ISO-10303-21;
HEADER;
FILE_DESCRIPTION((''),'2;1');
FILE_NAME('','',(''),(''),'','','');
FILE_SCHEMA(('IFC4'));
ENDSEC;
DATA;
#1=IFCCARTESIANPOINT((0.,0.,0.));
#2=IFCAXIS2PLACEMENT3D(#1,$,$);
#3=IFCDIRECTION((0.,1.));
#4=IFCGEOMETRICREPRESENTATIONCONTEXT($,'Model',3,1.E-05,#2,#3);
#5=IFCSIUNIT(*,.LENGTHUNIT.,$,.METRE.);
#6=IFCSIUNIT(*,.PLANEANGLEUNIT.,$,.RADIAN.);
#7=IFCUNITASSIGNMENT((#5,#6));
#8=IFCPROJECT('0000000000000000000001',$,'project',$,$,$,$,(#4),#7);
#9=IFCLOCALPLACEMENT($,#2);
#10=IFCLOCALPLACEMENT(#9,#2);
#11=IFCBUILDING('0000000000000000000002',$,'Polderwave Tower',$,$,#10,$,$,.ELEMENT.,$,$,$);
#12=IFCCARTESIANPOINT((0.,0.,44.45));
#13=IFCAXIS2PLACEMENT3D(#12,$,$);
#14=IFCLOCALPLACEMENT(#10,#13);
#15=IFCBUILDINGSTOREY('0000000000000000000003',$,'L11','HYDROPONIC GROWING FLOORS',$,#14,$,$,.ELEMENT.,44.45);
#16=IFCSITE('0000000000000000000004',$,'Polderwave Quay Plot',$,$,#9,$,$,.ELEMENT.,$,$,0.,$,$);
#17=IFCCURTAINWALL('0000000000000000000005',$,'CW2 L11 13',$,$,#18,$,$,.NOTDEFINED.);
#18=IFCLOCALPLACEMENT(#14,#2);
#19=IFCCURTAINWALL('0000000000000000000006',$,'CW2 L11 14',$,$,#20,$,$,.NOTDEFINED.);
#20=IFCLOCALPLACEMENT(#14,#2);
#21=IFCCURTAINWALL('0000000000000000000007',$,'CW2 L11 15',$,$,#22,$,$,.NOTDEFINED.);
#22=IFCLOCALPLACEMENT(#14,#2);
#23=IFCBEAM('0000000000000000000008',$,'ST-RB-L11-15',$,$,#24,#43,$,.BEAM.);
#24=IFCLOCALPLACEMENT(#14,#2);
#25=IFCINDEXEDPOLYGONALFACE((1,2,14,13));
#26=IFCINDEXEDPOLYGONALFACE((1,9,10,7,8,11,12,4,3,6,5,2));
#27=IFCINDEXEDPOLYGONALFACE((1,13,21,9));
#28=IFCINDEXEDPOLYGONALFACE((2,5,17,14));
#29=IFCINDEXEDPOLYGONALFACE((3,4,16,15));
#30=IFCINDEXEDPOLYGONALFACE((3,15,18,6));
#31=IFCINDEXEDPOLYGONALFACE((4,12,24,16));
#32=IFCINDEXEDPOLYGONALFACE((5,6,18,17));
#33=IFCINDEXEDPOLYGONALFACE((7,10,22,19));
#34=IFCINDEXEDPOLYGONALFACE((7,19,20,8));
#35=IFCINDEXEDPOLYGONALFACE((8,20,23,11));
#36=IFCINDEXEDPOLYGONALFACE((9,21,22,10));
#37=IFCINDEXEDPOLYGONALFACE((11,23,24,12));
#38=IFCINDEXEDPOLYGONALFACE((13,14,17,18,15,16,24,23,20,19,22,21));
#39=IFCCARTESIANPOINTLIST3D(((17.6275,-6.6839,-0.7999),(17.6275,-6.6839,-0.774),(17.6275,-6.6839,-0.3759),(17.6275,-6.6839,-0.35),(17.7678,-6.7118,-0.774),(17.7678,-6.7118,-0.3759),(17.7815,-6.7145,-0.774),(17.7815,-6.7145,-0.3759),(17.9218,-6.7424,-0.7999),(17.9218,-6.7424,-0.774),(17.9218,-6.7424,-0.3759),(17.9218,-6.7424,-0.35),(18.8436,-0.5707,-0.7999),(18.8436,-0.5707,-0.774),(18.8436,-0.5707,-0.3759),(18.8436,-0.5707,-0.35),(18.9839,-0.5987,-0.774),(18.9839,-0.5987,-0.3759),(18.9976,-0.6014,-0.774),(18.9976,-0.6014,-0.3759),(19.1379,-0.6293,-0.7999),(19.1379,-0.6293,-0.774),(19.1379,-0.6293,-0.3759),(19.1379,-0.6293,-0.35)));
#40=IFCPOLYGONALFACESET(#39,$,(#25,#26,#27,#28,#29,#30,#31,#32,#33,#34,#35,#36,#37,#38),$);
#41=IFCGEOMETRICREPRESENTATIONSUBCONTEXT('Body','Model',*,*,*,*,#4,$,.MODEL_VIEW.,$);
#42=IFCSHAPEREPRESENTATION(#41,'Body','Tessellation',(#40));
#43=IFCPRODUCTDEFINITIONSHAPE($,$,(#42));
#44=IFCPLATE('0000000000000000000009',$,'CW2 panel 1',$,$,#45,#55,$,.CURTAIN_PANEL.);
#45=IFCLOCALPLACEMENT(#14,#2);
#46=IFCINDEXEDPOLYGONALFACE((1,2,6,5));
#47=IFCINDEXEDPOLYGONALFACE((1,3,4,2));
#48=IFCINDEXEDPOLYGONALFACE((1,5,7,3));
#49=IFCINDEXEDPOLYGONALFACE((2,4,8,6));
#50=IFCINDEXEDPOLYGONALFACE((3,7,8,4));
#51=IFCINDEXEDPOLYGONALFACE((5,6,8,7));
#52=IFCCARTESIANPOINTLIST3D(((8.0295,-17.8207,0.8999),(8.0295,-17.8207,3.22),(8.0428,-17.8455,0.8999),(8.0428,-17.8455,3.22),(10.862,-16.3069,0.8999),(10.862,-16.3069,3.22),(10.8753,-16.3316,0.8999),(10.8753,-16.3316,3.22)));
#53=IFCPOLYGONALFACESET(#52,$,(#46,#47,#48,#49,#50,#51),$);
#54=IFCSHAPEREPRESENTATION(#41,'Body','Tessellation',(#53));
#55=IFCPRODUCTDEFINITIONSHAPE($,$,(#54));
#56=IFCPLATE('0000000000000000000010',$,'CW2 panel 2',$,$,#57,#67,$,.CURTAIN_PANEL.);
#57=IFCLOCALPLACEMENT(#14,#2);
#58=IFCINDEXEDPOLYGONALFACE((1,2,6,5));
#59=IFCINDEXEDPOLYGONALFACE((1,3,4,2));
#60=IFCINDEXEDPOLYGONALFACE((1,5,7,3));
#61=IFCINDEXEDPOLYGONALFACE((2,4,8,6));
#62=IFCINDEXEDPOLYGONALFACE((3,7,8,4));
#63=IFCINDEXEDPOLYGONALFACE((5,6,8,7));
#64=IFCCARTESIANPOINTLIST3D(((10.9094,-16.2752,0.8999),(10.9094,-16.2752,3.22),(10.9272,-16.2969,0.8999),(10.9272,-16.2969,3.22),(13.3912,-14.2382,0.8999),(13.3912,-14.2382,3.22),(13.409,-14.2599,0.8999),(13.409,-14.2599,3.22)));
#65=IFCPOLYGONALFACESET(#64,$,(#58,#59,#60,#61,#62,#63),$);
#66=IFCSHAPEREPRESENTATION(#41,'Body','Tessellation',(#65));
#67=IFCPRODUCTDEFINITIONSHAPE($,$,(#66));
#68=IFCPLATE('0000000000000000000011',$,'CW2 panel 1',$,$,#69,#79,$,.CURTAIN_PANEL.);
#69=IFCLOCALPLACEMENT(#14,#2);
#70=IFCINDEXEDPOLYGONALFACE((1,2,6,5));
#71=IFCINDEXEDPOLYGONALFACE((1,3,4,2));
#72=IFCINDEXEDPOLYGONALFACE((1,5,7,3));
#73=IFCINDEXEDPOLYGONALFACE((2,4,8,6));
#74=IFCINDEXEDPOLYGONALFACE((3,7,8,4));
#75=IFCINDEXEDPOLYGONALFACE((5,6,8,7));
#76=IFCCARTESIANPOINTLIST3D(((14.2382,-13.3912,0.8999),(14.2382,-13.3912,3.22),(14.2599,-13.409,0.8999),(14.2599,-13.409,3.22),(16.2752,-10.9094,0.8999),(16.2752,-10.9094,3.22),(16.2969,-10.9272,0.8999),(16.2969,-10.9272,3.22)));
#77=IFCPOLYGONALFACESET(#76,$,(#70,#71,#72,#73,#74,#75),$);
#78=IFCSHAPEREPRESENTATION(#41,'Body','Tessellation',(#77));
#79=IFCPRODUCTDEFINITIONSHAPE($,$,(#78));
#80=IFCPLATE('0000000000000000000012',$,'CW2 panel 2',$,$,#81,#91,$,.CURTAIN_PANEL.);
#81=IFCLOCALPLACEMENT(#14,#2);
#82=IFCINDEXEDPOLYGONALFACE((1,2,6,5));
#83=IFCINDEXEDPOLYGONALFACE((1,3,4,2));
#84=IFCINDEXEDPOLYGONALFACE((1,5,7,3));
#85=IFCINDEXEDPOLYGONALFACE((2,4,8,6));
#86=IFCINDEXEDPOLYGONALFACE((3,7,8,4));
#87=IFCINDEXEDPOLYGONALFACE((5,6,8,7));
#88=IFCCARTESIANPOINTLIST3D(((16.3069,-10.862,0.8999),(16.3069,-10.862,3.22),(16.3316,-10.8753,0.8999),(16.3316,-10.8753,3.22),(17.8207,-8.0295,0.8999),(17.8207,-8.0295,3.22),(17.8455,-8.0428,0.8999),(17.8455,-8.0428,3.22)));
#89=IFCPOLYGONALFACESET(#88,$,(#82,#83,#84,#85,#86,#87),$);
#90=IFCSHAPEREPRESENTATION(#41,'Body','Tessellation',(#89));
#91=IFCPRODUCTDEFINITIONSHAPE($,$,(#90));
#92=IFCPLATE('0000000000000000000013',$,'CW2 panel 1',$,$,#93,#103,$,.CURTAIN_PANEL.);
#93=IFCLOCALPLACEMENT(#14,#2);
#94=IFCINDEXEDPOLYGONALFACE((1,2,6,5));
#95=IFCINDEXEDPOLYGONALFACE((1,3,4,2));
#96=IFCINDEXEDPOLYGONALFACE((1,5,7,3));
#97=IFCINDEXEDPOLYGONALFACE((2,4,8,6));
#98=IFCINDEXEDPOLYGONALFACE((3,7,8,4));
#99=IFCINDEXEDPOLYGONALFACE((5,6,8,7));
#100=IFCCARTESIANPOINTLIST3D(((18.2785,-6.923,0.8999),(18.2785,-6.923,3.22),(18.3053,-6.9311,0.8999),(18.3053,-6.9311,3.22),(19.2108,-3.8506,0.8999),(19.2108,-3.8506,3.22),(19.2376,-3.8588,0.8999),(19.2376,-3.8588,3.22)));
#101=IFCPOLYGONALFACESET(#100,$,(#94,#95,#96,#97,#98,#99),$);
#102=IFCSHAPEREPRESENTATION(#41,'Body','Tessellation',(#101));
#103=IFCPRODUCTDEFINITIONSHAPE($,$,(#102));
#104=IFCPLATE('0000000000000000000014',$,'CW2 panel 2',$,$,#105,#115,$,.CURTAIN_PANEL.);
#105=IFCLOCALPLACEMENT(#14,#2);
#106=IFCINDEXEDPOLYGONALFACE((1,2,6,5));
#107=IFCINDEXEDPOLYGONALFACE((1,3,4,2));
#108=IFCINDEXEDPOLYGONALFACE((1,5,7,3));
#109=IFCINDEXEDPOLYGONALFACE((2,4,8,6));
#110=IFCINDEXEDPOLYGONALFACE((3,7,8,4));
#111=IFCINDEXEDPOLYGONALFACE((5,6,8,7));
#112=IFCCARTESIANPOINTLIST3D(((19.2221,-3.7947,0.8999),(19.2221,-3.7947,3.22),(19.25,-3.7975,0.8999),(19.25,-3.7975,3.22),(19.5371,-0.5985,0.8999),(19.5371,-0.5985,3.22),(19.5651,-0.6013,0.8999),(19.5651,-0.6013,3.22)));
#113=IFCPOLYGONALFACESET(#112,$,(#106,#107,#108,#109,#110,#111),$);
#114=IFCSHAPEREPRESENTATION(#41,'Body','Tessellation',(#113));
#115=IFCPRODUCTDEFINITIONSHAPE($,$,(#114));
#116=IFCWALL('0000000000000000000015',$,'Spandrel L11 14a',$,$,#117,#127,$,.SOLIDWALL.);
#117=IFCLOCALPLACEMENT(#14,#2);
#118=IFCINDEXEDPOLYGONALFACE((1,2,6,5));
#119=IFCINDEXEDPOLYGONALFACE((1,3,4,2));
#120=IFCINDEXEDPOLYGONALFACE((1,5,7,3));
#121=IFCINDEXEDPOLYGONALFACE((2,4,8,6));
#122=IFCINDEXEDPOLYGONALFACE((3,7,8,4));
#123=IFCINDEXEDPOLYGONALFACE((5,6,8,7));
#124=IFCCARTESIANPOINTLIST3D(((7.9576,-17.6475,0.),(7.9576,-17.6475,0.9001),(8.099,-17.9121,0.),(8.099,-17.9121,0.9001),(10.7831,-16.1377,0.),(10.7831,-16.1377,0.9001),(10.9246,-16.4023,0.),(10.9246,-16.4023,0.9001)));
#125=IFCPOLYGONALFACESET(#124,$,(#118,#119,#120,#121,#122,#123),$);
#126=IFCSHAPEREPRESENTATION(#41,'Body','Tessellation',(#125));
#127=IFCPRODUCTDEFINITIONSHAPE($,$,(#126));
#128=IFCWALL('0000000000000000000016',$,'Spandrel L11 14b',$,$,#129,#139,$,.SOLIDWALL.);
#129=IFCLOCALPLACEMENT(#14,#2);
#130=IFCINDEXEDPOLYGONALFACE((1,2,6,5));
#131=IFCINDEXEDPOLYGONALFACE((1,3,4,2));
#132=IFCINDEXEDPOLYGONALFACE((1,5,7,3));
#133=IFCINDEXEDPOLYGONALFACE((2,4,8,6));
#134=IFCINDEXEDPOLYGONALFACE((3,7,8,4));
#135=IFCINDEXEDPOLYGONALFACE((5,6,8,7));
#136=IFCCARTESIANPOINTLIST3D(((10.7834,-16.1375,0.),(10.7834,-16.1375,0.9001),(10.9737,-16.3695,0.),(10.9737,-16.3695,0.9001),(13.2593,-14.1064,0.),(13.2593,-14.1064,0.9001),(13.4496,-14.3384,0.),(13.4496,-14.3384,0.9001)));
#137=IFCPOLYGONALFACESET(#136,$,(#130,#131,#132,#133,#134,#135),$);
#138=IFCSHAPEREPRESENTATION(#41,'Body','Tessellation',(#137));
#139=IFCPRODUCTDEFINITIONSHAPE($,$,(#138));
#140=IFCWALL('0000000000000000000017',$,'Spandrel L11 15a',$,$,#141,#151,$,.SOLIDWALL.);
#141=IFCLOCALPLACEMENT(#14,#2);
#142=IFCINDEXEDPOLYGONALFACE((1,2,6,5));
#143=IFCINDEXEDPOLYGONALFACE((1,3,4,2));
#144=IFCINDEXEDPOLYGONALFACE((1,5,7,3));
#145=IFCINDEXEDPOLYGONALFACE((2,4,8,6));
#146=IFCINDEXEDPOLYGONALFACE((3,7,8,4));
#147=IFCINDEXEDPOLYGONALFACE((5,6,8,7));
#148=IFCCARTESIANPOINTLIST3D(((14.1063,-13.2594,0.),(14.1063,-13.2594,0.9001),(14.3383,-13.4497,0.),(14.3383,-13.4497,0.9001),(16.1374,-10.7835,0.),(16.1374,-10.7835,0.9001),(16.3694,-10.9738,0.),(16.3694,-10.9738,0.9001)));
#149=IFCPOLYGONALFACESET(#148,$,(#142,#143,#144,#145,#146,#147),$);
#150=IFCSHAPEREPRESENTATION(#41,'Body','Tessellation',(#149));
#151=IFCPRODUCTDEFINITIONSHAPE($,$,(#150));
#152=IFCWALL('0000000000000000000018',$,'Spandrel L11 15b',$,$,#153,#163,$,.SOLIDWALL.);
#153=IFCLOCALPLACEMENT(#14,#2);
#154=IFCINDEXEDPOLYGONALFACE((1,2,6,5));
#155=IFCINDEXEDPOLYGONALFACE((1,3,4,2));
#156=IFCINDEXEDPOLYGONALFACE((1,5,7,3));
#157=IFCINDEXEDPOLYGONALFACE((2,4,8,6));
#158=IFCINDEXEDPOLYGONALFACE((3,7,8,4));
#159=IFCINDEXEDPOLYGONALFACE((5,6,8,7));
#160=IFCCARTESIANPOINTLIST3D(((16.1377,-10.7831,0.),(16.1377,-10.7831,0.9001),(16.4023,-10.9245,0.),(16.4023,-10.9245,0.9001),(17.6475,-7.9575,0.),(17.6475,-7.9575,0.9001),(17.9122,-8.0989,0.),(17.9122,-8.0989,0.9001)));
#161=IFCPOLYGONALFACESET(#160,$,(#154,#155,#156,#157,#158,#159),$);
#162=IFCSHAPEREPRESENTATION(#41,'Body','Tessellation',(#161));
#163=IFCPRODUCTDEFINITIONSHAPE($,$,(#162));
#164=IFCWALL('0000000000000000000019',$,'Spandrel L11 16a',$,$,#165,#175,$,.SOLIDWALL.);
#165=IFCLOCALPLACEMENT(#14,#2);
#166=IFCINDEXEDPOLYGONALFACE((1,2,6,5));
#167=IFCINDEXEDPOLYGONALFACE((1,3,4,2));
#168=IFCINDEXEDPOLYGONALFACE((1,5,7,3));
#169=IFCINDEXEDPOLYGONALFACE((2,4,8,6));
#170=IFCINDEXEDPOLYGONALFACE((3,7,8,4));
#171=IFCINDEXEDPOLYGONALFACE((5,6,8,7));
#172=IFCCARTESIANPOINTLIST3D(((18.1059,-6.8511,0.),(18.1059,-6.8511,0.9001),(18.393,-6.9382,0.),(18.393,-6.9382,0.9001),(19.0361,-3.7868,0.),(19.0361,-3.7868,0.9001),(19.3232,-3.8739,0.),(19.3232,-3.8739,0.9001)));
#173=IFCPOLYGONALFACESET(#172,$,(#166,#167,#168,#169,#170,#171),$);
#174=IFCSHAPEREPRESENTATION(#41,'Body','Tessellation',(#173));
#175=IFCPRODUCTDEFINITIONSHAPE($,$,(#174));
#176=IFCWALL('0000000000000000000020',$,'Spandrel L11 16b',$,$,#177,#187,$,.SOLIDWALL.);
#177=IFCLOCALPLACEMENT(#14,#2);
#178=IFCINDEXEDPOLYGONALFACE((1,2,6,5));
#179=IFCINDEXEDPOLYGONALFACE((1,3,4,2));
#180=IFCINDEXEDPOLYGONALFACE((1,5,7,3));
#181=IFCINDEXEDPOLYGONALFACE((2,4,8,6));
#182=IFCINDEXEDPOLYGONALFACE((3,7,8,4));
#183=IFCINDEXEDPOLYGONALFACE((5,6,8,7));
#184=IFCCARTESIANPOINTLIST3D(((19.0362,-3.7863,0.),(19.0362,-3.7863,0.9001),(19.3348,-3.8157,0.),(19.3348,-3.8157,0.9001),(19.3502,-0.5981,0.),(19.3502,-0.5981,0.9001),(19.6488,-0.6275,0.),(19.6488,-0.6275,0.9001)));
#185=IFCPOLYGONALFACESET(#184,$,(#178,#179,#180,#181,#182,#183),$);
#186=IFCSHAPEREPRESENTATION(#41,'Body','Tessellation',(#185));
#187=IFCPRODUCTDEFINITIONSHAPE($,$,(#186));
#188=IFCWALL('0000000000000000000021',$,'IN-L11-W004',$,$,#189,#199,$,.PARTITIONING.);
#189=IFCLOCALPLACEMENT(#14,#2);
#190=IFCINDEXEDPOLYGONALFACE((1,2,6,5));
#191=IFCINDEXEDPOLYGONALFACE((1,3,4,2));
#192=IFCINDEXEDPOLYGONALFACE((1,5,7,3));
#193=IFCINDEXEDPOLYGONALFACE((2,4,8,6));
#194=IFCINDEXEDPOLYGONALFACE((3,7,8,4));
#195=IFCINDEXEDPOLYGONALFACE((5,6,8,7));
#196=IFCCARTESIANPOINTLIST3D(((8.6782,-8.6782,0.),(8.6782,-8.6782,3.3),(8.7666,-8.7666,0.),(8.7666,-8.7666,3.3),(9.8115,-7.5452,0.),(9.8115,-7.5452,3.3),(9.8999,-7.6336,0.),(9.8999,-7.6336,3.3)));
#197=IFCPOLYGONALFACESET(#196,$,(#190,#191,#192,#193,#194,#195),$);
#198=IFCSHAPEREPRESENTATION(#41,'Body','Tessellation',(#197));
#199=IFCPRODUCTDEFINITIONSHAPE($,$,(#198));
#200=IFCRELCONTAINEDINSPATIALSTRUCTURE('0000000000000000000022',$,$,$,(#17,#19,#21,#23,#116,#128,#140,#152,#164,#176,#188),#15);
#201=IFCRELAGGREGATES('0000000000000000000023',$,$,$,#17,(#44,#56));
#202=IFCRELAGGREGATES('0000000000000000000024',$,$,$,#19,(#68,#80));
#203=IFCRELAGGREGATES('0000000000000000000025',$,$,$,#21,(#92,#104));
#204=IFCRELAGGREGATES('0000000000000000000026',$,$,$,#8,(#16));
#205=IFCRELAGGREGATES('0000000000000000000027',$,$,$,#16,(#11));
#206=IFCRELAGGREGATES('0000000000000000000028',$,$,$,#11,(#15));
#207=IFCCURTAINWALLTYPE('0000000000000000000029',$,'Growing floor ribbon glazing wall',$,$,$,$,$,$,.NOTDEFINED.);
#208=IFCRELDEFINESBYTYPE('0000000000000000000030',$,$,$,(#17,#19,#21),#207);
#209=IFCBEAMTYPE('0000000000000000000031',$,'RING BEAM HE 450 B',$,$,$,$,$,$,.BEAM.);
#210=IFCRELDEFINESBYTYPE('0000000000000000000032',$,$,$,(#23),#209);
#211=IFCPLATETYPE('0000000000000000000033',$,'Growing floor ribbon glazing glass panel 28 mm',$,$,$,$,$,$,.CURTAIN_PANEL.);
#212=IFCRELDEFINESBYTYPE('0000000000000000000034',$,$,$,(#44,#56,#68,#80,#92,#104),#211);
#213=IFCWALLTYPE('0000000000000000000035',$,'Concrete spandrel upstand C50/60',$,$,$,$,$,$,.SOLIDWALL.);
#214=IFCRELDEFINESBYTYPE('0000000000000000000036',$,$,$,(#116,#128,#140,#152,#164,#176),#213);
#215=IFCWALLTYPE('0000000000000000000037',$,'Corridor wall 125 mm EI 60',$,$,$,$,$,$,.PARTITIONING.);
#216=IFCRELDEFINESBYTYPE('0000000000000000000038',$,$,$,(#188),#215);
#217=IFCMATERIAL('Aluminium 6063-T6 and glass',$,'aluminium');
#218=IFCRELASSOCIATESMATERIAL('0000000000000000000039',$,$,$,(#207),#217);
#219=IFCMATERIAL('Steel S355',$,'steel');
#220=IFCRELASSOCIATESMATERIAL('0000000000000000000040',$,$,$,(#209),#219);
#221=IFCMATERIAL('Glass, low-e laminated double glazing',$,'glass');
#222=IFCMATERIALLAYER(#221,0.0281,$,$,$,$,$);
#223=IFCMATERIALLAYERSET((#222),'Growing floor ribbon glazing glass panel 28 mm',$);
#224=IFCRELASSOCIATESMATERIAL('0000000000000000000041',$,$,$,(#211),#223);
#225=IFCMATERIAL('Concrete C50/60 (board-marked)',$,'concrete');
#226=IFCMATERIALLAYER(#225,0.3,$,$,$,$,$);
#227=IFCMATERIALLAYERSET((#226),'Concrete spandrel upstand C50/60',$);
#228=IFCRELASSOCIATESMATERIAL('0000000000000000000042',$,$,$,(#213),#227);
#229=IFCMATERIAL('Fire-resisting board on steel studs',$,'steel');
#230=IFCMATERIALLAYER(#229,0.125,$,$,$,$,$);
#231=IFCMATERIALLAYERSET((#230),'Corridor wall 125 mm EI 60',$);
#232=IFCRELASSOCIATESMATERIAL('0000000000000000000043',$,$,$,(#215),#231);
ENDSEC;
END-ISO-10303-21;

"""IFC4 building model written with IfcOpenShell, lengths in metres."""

from ifc_helpers import new_model, si_unit, direction, frame, frame_2d, origin, origin_2d, place, context, subcontext, project, spatial, rectangle, i_section, extrude, material, layer, layer_set, material_profile, profile_set, type_object, element, aggregate, save


model = new_model("IFC4")

# Units and contexts
model_context = context("Model", 3, precision=1e-05, world=origin(), true_north=direction((0.0, 1.0)))
body_context = subcontext(model_context, "Body", "Model", "MODEL_VIEW")
ifc_project = project(units=[si_unit("LENGTHUNIT", "METRE"), si_unit("PLANEANGLEUNIT", "RADIAN")], contexts=[model_context])

# Site, building, storey
site_placement = place(None, origin())
site = spatial("IfcSite", under=ifc_project, at=site_placement, Name="Polderwave Quay Plot", CompositionType="ELEMENT", RefElevation=0.0)
building_placement = place(site_placement, origin())
building = spatial("IfcBuilding", under=site, at=building_placement, Name="Polderwave Tower", CompositionType="ELEMENT")
storey_placement = place(building_placement, frame((0.0, 0.0, 44.45)))
storey = spatial("IfcBuildingStorey", under=building, at=storey_placement, Name="L11", Description="HYDROPONIC GROWING FLOORS", CompositionType="ELEMENT", Elevation=44.45)

# Curtain walls
ifc_material_1 = material(Name="Aluminium 6063-T6 and glass", Category="aluminium")
curtain_wall_type = type_object("IfcCurtainWallType", Name="Growing floor ribbon glazing wall", PredefinedType="NOTDEFINED", material=ifc_material_1)
curtain_wall_1_placement = place(storey_placement, origin())
curtain_wall_1 = element("IfcCurtainWall", 1, at=curtain_wall_1_placement, inside=storey, type_object=curtain_wall_type, Name="CW2 L11 13", PredefinedType="NOTDEFINED")
curtain_wall_2_placement = place(storey_placement, origin())
curtain_wall_2 = element("IfcCurtainWall", 2, at=curtain_wall_2_placement, inside=storey, type_object=curtain_wall_type, Name="CW2 L11 14", PredefinedType="NOTDEFINED")
curtain_wall_3_placement = place(storey_placement, origin())
curtain_wall_3 = element("IfcCurtainWall", 3, at=curtain_wall_3_placement, inside=storey, type_object=curtain_wall_type, Name="CW2 L11 15", PredefinedType="NOTDEFINED")

# Beam
ifc_material_2 = material(Name="Steel S355", Category="steel")
ifc_material_profile_1 = material_profile(ifc_material_2, i_section(OverallWidth=0.3, OverallDepth=0.45, WebThickness=0.0139, FlangeThickness=0.0259, at=origin_2d()), Name="HE 450 B")
ifc_profile_set_1 = profile_set([ifc_material_profile_1], Name="Steel S355")
beam_type = type_object("IfcBeamType", Name="RING BEAM HE 450 B", PredefinedType="BEAM", material=ifc_profile_set_1)
beam_placement = place(storey_placement, frame((17.7747, -6.7131, -0.575), z_axis=(0.195107, 0.980782, 0.0), x_axis=(-0.980782, 0.195107, 0.0)))
element("IfcBeam", 4, at=beam_placement, inside=storey, type_object=beam_type, Name="ST-RB-L11-15", PredefinedType="BEAM", context=body_context, shape_type="SweptSolid", body=[
    extrude(i_section(OverallWidth=0.3, OverallDepth=0.45, WebThickness=0.0139, FlangeThickness=0.0259, at=origin_2d()), origin(), (0.0, 0.0, 1.0), 6.2329),
])

# Plates
ifc_material_3 = material(Name="Glass, low-e laminated double glazing", Category="glass")
ifc_layer_1 = layer(ifc_material_3, 0.0281)
ifc_layer_set_1 = layer_set([ifc_layer_1], Name="Growing floor ribbon glazing glass panel 28 mm")
plate_type = type_object("IfcPlateType", Name="Growing floor ribbon glazing glass panel 28 mm", PredefinedType="CURTAIN_PANEL", material=ifc_layer_set_1)
plate_1_placement = place(storey_placement, frame((9.4524, -17.0762, 0.8999), z_axis=(0.0, 0.0, 1.0), x_axis=(0.881943, 0.471357, 0.0)))
plate_1 = element("IfcPlate", 5, at=plate_1_placement, type_object=plate_type, Name="CW2 panel 1", PredefinedType="CURTAIN_PANEL", context=body_context, shape_type="SweptSolid", body=[
    extrude(rectangle(XDim=3.2117, YDim=0.0281, at=origin_2d()), origin(), (0.0, 0.0, 1.0), 2.3201),
])
plate_2_placement = place(storey_placement, frame((12.1592, -15.2676, 0.8999), z_axis=(0.0, 0.0, 1.0), x_axis=(0.772981, 0.63443, 0.0)))
plate_2 = element("IfcPlate", 6, at=plate_2_placement, type_object=plate_type, Name="CW2 panel 2", PredefinedType="CURTAIN_PANEL", context=body_context, shape_type="SweptSolid", body=[
    extrude(rectangle(XDim=3.2107, YDim=0.0281, at=origin_2d()), origin(), (0.0, 0.0, 1.0), 2.3201),
])
aggregate(curtain_wall_1, [plate_1, plate_2])
plate_3_placement = place(storey_placement, frame((15.2676, -12.1592, 0.8999), z_axis=(0.0, 0.0, 1.0), x_axis=(0.63443, 0.772981, 0.0)))
plate_3 = element("IfcPlate", 7, at=plate_3_placement, type_object=plate_type, Name="CW2 panel 1", PredefinedType="CURTAIN_PANEL", context=body_context, shape_type="SweptSolid", body=[
    extrude(rectangle(XDim=3.2107, YDim=0.0281, at=origin_2d()), origin(), (0.0, 0.0, 1.0), 2.3201),
])
plate_4_placement = place(storey_placement, frame((17.0762, -9.4524, 0.8999), z_axis=(0.0, 0.0, 1.0), x_axis=(0.471357, 0.881943, 0.0)))
plate_4 = element("IfcPlate", 8, at=plate_4_placement, type_object=plate_type, Name="CW2 panel 2", PredefinedType="CURTAIN_PANEL", context=body_context, shape_type="SweptSolid", body=[
    extrude(rectangle(XDim=3.2117, YDim=0.0281, at=origin_2d()), origin(), (0.0, 0.0, 1.0), 2.3201),
])
aggregate(curtain_wall_2, [plate_3, plate_4])
plate_5_placement = place(storey_placement, frame((18.7581, -5.3909, 0.8999), z_axis=(0.0, 0.0, 1.0), x_axis=(0.290375, 0.956913, 0.0)))
plate_5 = element("IfcPlate", 9, at=plate_5_placement, type_object=plate_type, Name="CW2 panel 1", PredefinedType="CURTAIN_PANEL", context=body_context, shape_type="SweptSolid", body=[
    extrude(rectangle(XDim=3.2107, YDim=0.0281, at=origin_2d()), origin(), (0.0, 0.0, 1.0), 2.3201),
])
plate_6_placement = place(storey_placement, frame((19.3936, -2.198, 0.8999), z_axis=(0.0, 0.0, 1.0), x_axis=(0.098099, 0.995177, 0.0)))
plate_6 = element("IfcPlate", 10, at=plate_6_placement, type_object=plate_type, Name="CW2 panel 2", PredefinedType="CURTAIN_PANEL", context=body_context, shape_type="SweptSolid", body=[
    extrude(rectangle(XDim=3.2117, YDim=0.0281, at=origin_2d()), origin(), (0.0, 0.0, 1.0), 2.3201),
])
aggregate(curtain_wall_3, [plate_5, plate_6])

# Walls
ifc_material_4 = material(Name="Concrete C50/60 (board-marked)", Category="concrete")
ifc_layer_2 = layer(ifc_material_4, 0.3)
ifc_layer_set_2 = layer_set([ifc_layer_2], Name="Concrete spandrel upstand C50/60")
wall_type_1 = type_object("IfcWallType", Name="Concrete spandrel upstand C50/60", PredefinedType="SOLIDWALL", material=ifc_layer_set_2)
wall_1_placement = place(storey_placement, frame((8.0283, -17.7798, 0.0), z_axis=(0.0, 0.0, 1.0), x_axis=(0.881981, 0.471284, 0.0)))
element("IfcWall", 11, at=wall_1_placement, inside=storey, type_object=wall_type_1, Name="Spandrel L11 14a", PredefinedType="SOLIDWALL", context=body_context, shape_type="SweptSolid", body=[
    extrude(rectangle(XDim=3.2036, YDim=0.3, at=frame_2d((1.6018, 0.0))), origin(), (0.0, 0.0, 1.0), 0.9001),
])
for number, where, z_axis, x_axis, name in (
    (12, (10.8787, -16.2534, 0.0), (0.0, 0.0, 1.0), (0.773141, 0.634234, 0.0), "Spandrel L11 14b"),
    (13, (14.2224, -13.3545, 0.0), (0.0, 0.0, 1.0), (0.634234, 0.773141, 0.0), "Spandrel L11 15a"),
):
    element("IfcWall", number, at=place(storey_placement, frame(where, z_axis=z_axis, x_axis=x_axis)), inside=storey, type_object=wall_type_1, Name=name, PredefinedType="SOLIDWALL", context=body_context, shape_type="SweptSolid", body=[
        extrude(rectangle(XDim=3.2024, YDim=0.3, at=frame_2d((1.6011, 0.0))), origin(), (0.0, 0.0, 1.0), 0.9001),
    ])
wall_2_placement = place(storey_placement, frame((16.27, -10.8538, 0.0), z_axis=(0.0, 0.0, 1.0), x_axis=(0.471284, 0.881981, 0.0)))
element("IfcWall", 14, at=wall_2_placement, inside=storey, type_object=wall_type_1, Name="Spandrel L11 15b", PredefinedType="SOLIDWALL", context=body_context, shape_type="SweptSolid", body=[
    extrude(rectangle(XDim=3.2036, YDim=0.3, at=frame_2d((1.6018, 0.0))), origin(), (0.0, 0.0, 1.0), 0.9001),
])
wall_3_placement = place(storey_placement, frame((18.2495, -6.8945, 0.0), z_axis=(0.0, 0.0, 1.0), x_axis=(0.290473, 0.956883, 0.0)))
element("IfcWall", 15, at=wall_3_placement, inside=storey, type_object=wall_type_1, Name="Spandrel L11 16a", PredefinedType="SOLIDWALL", context=body_context, shape_type="SweptSolid", body=[
    extrude(rectangle(XDim=3.2024, YDim=0.3, at=frame_2d((1.6011, 0.0))), origin(), (0.0, 0.0, 1.0), 0.9001),
])
wall_4_placement = place(storey_placement, frame((19.1855, -3.801, 0.0), z_axis=(0.0, 0.0, 1.0), x_axis=(0.098002, 0.995186, 0.0)))
element("IfcWall", 16, at=wall_4_placement, inside=storey, type_object=wall_type_1, Name="Spandrel L11 16b", PredefinedType="SOLIDWALL", context=body_context, shape_type="SweptSolid", body=[
    extrude(rectangle(XDim=3.2036, YDim=0.3, at=frame_2d((1.6018, 0.0))), origin(), (0.0, 0.0, 1.0), 0.9001),
])
ifc_material_5 = material(Name="Fire-resisting board on steel studs", Category="steel")
ifc_layer_3 = layer(ifc_material_5, 0.125)
ifc_layer_set_3 = layer_set([ifc_layer_3], Name="Corridor wall 125 mm EI 60")
wall_type_2 = type_object("IfcWallType", Name="Corridor wall 125 mm EI 60", PredefinedType="PARTITIONING", material=ifc_layer_set_3)
wall_5_placement = place(storey_placement, frame((9.8557, -7.5894, 0.0), z_axis=(0.0, 0.0, 1.0), x_axis=(-0.707183, -0.707031, 0.0)))
element("IfcWall", 17, at=wall_5_placement, inside=storey, type_object=wall_type_2, Name="IN-L11-W004", PredefinedType="PARTITIONING", context=body_context, shape_type="SweptSolid", body=[
    extrude(rectangle(XDim=1.6025, YDim=0.125, at=frame_2d((0.8013, 0.0))), origin(), (0.0, 0.0, 1.0), 3.3),
])

save(model, "model.ifc")
